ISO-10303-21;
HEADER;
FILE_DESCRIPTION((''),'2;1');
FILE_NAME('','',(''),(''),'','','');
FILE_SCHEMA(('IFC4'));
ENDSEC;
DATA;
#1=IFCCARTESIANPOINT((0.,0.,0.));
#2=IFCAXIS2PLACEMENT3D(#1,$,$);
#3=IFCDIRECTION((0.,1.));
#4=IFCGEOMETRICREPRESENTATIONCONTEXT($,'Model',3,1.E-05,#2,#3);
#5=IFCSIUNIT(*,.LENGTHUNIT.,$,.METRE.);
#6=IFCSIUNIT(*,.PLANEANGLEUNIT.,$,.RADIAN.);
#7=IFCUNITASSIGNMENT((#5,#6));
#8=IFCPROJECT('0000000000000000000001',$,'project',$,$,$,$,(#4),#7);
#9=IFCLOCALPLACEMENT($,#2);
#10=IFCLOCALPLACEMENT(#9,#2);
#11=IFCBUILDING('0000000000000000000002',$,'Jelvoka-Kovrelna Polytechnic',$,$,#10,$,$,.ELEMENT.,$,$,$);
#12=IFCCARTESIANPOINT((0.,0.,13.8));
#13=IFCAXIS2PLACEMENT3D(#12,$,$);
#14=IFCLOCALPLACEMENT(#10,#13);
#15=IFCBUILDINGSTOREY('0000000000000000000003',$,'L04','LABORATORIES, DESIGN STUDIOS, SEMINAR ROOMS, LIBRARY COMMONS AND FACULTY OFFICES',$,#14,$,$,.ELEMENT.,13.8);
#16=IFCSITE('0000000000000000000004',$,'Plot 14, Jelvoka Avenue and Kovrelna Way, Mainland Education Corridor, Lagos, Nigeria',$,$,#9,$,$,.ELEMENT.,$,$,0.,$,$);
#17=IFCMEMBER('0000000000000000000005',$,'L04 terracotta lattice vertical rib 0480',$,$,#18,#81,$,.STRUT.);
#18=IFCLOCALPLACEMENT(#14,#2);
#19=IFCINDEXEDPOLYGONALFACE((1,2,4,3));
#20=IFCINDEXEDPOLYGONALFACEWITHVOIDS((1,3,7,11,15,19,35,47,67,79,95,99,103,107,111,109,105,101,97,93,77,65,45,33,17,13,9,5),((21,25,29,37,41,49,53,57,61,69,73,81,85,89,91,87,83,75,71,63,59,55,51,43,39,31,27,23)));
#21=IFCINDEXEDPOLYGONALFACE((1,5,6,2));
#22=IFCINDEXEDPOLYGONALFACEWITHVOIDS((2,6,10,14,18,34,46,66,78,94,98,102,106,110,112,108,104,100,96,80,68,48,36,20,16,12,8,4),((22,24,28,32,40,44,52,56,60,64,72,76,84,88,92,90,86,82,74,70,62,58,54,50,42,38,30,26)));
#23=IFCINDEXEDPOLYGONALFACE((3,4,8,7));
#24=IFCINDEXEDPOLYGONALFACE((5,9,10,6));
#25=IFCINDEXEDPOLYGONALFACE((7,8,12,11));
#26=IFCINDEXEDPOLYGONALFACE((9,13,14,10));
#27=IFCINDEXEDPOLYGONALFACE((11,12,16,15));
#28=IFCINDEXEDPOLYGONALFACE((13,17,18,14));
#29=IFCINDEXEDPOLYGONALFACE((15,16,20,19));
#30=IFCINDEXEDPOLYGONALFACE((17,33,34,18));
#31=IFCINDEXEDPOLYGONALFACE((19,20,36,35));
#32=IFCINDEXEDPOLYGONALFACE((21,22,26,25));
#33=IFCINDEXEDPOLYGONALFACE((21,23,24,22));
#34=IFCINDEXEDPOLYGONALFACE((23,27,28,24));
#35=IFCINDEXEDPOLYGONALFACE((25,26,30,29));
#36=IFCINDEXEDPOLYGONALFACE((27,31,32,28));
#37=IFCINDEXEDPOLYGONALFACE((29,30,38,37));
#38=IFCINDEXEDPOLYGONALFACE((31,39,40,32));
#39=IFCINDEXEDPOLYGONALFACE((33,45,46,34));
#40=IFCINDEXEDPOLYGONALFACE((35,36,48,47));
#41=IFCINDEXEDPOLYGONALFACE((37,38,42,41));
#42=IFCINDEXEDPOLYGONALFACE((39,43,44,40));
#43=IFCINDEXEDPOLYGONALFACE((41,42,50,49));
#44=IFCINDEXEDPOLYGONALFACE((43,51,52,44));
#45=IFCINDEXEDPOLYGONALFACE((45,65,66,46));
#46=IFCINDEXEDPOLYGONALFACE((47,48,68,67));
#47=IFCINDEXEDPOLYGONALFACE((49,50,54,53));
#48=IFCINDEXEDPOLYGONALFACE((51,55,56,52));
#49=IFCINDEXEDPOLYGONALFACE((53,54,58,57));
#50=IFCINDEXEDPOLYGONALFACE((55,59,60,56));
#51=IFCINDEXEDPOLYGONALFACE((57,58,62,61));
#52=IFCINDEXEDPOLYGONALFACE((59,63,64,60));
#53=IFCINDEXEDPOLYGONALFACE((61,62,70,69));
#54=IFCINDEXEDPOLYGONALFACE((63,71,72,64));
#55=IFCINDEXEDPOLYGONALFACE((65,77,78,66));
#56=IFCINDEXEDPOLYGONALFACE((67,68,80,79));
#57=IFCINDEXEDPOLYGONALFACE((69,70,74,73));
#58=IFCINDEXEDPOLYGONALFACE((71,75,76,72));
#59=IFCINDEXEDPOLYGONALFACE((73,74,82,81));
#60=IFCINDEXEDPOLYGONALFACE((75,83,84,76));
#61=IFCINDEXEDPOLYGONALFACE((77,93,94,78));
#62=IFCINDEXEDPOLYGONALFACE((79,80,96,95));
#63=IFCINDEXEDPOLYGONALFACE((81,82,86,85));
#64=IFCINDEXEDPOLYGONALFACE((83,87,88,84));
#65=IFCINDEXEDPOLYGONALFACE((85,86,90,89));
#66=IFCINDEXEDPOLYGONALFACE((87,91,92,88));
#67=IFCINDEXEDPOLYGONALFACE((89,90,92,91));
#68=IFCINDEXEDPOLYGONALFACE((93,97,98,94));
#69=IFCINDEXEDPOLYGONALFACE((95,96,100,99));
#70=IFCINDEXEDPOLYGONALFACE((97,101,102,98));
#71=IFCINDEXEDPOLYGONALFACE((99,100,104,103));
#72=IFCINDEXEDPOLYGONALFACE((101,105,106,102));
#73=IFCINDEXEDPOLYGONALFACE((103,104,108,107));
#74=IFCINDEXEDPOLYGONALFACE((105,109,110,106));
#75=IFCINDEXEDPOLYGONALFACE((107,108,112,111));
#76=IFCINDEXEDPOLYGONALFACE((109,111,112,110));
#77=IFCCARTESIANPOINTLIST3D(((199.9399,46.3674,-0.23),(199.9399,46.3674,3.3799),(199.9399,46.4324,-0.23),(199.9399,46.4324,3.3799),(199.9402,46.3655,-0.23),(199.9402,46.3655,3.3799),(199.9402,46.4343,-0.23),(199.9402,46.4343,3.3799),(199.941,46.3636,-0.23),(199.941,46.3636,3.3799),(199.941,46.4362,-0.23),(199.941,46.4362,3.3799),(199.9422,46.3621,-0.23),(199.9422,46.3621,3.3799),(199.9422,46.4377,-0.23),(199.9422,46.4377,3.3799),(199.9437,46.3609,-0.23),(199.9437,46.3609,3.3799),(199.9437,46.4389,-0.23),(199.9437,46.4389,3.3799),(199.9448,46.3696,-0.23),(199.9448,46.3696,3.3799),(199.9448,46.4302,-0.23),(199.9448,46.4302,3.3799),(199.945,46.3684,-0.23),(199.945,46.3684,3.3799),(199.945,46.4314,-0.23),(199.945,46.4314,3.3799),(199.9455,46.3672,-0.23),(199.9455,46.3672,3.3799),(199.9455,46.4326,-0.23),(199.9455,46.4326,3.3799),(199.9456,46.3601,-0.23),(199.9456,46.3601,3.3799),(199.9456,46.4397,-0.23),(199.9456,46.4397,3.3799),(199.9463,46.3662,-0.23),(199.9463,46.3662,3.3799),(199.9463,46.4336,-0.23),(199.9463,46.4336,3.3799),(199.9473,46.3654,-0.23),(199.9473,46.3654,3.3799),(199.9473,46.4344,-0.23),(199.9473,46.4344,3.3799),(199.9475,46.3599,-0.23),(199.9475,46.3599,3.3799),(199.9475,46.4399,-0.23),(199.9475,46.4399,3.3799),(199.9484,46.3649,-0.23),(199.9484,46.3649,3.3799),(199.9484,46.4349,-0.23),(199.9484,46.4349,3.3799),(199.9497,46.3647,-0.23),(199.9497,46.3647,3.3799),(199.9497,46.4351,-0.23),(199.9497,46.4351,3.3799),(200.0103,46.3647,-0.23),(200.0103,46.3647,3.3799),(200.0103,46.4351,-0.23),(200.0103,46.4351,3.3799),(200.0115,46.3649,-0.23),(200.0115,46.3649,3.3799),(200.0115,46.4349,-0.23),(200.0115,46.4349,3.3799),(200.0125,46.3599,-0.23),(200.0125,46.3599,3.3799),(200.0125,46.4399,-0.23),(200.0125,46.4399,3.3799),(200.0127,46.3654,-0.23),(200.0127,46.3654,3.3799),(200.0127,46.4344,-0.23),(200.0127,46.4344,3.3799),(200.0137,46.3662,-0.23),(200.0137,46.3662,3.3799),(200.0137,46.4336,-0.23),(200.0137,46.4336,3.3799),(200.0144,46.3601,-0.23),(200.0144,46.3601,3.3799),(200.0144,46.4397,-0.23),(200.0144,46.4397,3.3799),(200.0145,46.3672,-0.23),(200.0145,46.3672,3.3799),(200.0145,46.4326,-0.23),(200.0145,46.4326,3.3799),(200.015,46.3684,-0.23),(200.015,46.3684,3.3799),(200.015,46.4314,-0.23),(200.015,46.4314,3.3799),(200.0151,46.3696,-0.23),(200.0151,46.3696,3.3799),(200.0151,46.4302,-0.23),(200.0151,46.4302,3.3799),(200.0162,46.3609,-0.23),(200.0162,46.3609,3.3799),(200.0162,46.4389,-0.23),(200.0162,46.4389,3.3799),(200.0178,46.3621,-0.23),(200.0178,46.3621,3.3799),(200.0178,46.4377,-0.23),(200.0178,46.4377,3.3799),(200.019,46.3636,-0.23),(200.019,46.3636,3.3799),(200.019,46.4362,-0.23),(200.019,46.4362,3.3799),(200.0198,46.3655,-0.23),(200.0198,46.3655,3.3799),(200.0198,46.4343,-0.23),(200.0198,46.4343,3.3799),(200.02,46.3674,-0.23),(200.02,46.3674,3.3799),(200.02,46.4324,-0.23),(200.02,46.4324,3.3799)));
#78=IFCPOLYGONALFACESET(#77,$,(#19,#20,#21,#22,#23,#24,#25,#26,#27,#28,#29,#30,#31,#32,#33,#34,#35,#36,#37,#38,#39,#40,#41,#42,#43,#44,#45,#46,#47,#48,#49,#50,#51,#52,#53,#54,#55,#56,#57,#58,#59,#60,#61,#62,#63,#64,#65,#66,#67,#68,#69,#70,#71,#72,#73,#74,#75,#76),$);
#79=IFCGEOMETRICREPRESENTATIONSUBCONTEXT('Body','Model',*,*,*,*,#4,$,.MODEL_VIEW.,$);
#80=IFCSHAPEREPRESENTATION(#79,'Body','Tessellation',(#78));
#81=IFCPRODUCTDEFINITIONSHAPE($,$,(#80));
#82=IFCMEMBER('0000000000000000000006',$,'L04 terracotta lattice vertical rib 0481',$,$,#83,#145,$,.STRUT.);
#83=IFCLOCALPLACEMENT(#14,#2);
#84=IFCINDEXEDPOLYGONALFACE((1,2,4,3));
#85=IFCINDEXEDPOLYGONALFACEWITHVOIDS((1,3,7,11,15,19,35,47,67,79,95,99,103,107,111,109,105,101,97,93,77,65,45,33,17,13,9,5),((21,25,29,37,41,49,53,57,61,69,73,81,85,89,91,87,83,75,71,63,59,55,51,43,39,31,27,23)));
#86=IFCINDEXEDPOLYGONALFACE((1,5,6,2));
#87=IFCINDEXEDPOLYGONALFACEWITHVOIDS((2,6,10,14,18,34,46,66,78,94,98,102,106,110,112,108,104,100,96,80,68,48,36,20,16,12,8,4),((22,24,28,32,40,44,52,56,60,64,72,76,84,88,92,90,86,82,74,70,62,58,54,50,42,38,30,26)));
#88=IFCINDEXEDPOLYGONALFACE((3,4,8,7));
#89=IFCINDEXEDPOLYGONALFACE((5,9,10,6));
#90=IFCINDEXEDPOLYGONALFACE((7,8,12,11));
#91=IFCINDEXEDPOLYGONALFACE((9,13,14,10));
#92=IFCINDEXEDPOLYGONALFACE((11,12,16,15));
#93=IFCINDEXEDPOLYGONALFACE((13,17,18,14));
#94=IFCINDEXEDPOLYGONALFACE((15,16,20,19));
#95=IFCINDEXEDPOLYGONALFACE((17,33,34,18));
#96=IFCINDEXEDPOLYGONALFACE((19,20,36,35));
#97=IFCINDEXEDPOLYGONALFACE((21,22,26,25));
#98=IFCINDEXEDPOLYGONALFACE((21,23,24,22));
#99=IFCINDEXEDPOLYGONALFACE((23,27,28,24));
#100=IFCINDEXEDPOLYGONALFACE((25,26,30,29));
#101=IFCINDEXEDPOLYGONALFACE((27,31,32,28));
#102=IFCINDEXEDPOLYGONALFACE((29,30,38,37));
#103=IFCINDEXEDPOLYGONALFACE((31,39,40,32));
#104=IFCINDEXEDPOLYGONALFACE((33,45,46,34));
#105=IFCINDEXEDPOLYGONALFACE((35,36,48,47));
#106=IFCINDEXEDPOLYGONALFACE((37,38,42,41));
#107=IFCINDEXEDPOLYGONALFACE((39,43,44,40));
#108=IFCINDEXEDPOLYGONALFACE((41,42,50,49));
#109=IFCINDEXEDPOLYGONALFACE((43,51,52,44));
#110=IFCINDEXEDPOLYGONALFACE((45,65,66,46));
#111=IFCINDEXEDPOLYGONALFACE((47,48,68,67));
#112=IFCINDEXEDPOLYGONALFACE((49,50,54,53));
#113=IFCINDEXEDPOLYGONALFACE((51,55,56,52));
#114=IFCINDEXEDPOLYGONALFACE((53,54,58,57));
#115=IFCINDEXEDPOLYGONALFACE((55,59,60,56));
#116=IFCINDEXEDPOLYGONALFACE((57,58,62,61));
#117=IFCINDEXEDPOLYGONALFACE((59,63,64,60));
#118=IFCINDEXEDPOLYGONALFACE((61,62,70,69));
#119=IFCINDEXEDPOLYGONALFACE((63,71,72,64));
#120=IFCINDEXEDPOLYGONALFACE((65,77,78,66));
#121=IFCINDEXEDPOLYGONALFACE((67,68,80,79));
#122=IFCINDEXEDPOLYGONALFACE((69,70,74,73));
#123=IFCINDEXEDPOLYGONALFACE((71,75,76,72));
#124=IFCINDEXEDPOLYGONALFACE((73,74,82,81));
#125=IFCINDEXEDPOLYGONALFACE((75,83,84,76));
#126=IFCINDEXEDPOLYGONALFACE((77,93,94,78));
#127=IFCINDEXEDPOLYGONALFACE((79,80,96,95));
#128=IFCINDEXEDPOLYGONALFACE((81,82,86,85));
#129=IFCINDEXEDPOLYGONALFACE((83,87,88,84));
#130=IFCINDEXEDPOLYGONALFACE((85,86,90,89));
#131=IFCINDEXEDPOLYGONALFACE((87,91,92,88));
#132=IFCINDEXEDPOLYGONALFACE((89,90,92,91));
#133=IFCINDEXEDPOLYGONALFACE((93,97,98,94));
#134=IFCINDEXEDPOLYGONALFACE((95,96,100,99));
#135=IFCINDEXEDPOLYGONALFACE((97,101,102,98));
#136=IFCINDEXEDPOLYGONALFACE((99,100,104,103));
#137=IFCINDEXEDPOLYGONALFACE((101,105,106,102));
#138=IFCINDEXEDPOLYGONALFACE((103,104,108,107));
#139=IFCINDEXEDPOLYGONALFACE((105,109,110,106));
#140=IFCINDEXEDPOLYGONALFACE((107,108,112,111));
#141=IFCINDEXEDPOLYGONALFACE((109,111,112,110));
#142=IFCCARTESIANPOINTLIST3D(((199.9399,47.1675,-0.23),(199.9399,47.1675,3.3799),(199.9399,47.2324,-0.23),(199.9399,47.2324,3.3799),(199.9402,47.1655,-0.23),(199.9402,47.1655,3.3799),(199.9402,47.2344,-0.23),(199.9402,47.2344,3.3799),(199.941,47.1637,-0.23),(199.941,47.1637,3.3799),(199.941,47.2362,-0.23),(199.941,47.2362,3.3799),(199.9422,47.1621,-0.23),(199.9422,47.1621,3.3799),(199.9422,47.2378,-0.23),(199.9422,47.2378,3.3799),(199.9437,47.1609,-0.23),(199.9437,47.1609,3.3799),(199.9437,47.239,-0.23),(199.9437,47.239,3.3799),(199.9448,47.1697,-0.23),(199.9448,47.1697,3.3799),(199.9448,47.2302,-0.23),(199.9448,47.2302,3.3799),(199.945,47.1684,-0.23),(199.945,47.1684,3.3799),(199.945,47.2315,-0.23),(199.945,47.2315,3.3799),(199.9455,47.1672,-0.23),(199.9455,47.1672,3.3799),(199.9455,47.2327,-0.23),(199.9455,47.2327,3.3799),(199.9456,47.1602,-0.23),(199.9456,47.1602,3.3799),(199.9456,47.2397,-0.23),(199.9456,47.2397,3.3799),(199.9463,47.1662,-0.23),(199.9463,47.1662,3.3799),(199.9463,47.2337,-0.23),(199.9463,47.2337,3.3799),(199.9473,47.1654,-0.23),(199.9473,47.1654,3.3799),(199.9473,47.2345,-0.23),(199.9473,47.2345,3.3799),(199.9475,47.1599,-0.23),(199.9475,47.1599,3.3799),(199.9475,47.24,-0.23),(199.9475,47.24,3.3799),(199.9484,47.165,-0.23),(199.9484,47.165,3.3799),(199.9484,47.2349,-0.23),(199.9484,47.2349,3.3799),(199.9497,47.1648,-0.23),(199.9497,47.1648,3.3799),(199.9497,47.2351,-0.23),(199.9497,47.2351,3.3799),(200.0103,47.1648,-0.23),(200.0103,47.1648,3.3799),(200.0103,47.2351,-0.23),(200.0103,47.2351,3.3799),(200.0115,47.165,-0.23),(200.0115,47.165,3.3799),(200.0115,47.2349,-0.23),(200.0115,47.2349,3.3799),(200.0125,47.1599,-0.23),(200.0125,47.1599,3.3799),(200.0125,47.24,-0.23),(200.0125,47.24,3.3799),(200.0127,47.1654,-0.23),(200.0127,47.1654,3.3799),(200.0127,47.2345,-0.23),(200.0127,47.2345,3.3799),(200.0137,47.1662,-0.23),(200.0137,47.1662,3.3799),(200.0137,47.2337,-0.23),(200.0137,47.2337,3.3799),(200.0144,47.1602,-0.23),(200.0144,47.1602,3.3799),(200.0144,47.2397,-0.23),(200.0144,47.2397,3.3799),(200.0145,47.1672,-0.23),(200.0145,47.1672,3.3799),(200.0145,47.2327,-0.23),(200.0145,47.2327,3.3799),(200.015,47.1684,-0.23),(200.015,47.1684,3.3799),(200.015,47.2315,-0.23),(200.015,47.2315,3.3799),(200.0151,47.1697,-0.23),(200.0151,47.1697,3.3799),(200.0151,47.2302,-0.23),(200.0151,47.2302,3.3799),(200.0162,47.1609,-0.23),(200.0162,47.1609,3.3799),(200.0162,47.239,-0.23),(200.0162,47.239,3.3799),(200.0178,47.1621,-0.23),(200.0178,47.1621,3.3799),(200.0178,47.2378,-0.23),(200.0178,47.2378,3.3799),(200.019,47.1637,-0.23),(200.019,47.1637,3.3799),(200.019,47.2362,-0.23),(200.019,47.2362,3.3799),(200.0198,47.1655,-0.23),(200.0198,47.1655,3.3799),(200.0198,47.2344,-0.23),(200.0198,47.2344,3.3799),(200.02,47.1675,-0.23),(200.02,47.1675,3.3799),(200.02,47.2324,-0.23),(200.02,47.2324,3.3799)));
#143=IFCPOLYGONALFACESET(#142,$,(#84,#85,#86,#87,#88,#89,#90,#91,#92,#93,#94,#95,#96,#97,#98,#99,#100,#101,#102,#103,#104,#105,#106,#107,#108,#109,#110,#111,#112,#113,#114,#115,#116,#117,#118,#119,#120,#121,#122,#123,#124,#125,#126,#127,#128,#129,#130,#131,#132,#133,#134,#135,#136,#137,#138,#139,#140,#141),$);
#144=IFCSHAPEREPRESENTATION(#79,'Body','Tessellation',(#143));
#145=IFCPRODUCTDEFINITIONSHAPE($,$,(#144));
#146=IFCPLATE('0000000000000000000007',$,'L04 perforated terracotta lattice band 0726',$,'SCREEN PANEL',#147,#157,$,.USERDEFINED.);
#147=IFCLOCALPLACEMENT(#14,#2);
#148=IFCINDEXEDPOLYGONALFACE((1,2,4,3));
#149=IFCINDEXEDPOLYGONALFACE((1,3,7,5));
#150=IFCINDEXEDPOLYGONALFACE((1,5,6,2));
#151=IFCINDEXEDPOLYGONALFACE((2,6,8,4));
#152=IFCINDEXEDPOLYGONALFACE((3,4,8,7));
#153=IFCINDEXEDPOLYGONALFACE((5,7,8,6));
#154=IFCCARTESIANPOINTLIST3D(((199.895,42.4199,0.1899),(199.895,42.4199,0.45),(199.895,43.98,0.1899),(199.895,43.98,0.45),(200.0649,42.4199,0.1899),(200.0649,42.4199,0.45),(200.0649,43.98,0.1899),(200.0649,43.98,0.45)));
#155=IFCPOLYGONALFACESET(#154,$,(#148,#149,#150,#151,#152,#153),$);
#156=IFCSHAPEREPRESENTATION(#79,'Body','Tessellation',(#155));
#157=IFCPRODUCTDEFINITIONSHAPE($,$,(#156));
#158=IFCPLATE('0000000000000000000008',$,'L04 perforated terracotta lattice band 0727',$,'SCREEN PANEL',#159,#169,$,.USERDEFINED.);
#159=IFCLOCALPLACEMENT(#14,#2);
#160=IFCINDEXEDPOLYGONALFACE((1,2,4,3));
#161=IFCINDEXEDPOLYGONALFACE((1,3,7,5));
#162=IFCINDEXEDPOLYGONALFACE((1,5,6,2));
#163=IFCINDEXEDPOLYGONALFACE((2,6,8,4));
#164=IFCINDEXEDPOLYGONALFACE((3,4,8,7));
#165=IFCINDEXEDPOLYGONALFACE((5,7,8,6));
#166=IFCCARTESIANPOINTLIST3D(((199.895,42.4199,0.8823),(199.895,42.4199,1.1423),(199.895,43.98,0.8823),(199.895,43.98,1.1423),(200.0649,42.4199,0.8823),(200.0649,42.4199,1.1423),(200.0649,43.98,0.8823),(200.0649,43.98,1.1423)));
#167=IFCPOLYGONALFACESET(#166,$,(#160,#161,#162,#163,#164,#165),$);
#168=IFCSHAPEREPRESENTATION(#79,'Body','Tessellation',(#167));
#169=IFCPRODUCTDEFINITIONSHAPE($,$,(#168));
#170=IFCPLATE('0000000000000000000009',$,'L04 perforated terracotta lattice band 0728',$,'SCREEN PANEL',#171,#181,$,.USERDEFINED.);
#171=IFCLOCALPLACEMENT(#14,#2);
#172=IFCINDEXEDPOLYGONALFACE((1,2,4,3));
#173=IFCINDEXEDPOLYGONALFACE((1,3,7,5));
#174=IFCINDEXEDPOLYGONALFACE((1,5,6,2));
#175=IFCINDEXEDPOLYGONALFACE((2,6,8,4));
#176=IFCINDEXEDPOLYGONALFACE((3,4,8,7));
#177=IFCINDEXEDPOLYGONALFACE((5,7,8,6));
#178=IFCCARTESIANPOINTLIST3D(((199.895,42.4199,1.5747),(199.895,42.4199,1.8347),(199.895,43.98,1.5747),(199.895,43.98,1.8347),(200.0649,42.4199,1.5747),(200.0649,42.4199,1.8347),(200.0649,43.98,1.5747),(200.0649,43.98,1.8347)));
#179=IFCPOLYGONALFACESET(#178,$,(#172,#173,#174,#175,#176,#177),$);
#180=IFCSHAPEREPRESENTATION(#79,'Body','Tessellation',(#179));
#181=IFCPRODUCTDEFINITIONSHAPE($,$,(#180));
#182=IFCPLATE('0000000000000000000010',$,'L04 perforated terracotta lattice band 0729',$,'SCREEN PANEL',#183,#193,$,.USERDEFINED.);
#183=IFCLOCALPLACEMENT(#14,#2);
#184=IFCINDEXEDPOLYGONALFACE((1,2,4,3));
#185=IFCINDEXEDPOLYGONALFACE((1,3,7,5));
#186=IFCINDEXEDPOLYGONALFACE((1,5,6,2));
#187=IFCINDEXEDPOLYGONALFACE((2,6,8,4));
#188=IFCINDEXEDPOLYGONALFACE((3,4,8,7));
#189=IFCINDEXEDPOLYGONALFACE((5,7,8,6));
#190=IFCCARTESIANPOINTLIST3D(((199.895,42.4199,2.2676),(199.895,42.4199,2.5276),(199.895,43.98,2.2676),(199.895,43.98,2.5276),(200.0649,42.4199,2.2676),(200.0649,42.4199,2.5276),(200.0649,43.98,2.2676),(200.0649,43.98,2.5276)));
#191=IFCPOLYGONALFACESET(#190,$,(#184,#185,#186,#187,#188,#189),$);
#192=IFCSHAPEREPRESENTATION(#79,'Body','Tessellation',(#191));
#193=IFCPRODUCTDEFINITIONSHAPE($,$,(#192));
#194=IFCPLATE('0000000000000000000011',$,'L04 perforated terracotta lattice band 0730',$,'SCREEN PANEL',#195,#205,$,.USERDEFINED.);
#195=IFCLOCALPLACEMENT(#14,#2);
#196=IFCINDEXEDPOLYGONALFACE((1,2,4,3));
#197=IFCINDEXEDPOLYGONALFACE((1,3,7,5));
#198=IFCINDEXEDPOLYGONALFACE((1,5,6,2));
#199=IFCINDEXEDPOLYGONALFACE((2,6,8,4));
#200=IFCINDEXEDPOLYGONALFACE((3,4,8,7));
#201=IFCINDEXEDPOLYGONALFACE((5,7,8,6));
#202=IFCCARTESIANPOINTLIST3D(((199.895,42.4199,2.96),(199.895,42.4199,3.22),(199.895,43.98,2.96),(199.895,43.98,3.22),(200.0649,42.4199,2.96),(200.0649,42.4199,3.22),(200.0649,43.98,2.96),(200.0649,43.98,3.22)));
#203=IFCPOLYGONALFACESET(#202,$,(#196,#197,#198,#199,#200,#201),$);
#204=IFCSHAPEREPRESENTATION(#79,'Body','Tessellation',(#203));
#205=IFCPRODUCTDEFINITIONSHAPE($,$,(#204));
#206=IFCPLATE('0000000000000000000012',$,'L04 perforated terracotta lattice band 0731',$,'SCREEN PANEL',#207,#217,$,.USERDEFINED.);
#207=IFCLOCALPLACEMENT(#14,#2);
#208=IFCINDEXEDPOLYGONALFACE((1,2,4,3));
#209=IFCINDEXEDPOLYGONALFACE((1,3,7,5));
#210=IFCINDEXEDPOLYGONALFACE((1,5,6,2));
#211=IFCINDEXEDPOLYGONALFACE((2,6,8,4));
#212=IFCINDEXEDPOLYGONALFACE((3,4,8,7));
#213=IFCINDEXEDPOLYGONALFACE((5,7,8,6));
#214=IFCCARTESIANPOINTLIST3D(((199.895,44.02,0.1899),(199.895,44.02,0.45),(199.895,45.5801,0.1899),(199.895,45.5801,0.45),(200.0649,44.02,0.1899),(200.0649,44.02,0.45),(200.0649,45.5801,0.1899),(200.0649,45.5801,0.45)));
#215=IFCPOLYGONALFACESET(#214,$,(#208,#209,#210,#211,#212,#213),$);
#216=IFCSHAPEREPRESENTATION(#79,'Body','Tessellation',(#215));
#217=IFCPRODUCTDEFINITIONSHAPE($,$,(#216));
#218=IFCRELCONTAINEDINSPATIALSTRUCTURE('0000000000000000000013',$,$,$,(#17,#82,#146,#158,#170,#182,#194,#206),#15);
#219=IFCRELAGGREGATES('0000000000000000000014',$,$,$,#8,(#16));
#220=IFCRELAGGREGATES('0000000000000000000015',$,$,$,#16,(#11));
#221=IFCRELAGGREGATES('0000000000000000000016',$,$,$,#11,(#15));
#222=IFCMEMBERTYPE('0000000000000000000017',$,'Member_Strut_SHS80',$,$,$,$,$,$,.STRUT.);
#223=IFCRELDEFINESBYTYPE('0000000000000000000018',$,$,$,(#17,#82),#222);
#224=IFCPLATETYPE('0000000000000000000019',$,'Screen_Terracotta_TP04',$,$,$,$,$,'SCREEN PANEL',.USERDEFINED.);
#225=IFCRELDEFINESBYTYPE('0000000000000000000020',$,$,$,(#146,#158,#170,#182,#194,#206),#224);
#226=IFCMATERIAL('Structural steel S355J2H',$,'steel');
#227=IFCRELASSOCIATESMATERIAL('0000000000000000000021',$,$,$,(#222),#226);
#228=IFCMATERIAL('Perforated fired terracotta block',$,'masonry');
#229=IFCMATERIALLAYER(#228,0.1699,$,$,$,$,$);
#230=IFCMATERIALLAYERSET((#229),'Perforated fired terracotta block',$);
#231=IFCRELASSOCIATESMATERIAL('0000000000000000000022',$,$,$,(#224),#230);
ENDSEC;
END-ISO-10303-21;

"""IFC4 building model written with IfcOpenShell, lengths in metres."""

from ifc_helpers import new_model, si_unit, direction, frame, origin, origin_2d, place, context, subcontext, project, spatial, rectangle, hollow_rectangle, extrude, material, layer, layer_set, material_profile, profile_set, type_object, element, save


model = new_model("IFC4")

# Units and contexts
model_context = context("Model", 3, precision=1e-05, world=origin(), true_north=direction((0.0, 1.0)))
body_context = subcontext(model_context, "Body", "Model", "MODEL_VIEW")
ifc_project = project(units=[si_unit("LENGTHUNIT", "METRE"), si_unit("PLANEANGLEUNIT", "RADIAN")], contexts=[model_context])

# Site, building, storey
site_placement = place(None, origin())
site = spatial("IfcSite", under=ifc_project, at=site_placement, Name="Plot 14, Jelvoka Avenue and Kovrelna Way, Mainland Education Corridor, Lagos, Nigeria", CompositionType="ELEMENT", RefElevation=0.0)
building_placement = place(site_placement, origin())
building = spatial("IfcBuilding", under=site, at=building_placement, Name="Jelvoka-Kovrelna Polytechnic", CompositionType="ELEMENT")
storey_placement = place(building_placement, frame((0.0, 0.0, 13.8)))
storey = spatial("IfcBuildingStorey", under=building, at=storey_placement, Name="L04", Description="LABORATORIES, DESIGN STUDIOS, SEMINAR ROOMS, LIBRARY COMMONS AND FACULTY OFFICES", CompositionType="ELEMENT", Elevation=13.8)

# Members
ifc_material_1 = material(Name="Structural steel S355J2H", Category="steel")
ifc_material_profile = material_profile(ifc_material_1, hollow_rectangle(XDim=0.0801, YDim=0.0801, WallThickness=0.0049, InnerFilletRadius=0.0049, OuterFilletRadius=0.0076, at=origin_2d()), Name="80x80x5.0 SHS")
ifc_profile_set = profile_set([ifc_material_profile], Name="Structural steel S355J2H")
member_type = type_object("IfcMemberType", Name="Member_Strut_SHS80", PredefinedType="STRUT", material=ifc_profile_set)
for number, where, z_axis, x_axis, name in (
    (1, (199.98, 46.3999, -0.23), (0.0, 0.0, 1.0), (1.0, 0.0, 0.0), "L04 terracotta lattice vertical rib 0480"),
    (2, (199.98, 47.2, -0.23), (0.0, 0.0, 1.0), (1.0, 0.0, 0.0), "L04 terracotta lattice vertical rib 0481"),
):
    element("IfcMember", number, at=place(storey_placement, frame(where, z_axis=z_axis, x_axis=x_axis)), inside=storey, type_object=member_type, Name=name, PredefinedType="STRUT", context=body_context, shape_type="SweptSolid", body=[
        extrude(hollow_rectangle(XDim=0.0801, YDim=0.0801, WallThickness=0.0049, InnerFilletRadius=0.0049, OuterFilletRadius=0.0076, at=origin_2d()), origin(), (0.0, 0.0, 1.0), 3.6099),
    ])

# Plates
ifc_material_2 = material(Name="Perforated fired terracotta block", Category="masonry")
ifc_layer = layer(ifc_material_2, 0.1699)
ifc_layer_set = layer_set([ifc_layer], Name="Perforated fired terracotta block")
plate_type = type_object("IfcPlateType", Name="Screen_Terracotta_TP04", ElementType="SCREEN PANEL", PredefinedType="USERDEFINED", material=ifc_layer_set)
for number, where, z_axis, x_axis, name in (
    (3, (199.98, 43.2, 0.1899), (0.0, 0.0, 1.0), (0.0, 1.0, 0.0), "L04 perforated terracotta lattice band 0726"),
    (4, (199.98, 43.2, 0.8823), (0.0, 0.0, 1.0), (0.0, 1.0, 0.0), "L04 perforated terracotta lattice band 0727"),
    (5, (199.98, 43.2, 1.5747), (0.0, 0.0, 1.0), (0.0, 1.0, 0.0), "L04 perforated terracotta lattice band 0728"),
    (6, (199.98, 43.2, 2.2676), (0.0, 0.0, 1.0), (0.0, 1.0, 0.0), "L04 perforated terracotta lattice band 0729"),
    (7, (199.98, 43.2, 2.96), (0.0, 0.0, 1.0), (0.0, 1.0, 0.0), "L04 perforated terracotta lattice band 0730"),
    (8, (199.98, 44.8, 0.1899), (0.0, 0.0, 1.0), (0.0, 1.0, 0.0), "L04 perforated terracotta lattice band 0731"),
):
    element("IfcPlate", number, at=place(storey_placement, frame(where, z_axis=z_axis, x_axis=x_axis)), inside=storey, type_object=plate_type, Name=name, ObjectType="SCREEN PANEL", PredefinedType="USERDEFINED", context=body_context, shape_type="SweptSolid", body=[
        extrude(rectangle(XDim=1.5601, YDim=0.1699, at=origin_2d()), origin(), (0.0, 0.0, 1.0), 0.26),
    ])

save(model, "model.ifc")
